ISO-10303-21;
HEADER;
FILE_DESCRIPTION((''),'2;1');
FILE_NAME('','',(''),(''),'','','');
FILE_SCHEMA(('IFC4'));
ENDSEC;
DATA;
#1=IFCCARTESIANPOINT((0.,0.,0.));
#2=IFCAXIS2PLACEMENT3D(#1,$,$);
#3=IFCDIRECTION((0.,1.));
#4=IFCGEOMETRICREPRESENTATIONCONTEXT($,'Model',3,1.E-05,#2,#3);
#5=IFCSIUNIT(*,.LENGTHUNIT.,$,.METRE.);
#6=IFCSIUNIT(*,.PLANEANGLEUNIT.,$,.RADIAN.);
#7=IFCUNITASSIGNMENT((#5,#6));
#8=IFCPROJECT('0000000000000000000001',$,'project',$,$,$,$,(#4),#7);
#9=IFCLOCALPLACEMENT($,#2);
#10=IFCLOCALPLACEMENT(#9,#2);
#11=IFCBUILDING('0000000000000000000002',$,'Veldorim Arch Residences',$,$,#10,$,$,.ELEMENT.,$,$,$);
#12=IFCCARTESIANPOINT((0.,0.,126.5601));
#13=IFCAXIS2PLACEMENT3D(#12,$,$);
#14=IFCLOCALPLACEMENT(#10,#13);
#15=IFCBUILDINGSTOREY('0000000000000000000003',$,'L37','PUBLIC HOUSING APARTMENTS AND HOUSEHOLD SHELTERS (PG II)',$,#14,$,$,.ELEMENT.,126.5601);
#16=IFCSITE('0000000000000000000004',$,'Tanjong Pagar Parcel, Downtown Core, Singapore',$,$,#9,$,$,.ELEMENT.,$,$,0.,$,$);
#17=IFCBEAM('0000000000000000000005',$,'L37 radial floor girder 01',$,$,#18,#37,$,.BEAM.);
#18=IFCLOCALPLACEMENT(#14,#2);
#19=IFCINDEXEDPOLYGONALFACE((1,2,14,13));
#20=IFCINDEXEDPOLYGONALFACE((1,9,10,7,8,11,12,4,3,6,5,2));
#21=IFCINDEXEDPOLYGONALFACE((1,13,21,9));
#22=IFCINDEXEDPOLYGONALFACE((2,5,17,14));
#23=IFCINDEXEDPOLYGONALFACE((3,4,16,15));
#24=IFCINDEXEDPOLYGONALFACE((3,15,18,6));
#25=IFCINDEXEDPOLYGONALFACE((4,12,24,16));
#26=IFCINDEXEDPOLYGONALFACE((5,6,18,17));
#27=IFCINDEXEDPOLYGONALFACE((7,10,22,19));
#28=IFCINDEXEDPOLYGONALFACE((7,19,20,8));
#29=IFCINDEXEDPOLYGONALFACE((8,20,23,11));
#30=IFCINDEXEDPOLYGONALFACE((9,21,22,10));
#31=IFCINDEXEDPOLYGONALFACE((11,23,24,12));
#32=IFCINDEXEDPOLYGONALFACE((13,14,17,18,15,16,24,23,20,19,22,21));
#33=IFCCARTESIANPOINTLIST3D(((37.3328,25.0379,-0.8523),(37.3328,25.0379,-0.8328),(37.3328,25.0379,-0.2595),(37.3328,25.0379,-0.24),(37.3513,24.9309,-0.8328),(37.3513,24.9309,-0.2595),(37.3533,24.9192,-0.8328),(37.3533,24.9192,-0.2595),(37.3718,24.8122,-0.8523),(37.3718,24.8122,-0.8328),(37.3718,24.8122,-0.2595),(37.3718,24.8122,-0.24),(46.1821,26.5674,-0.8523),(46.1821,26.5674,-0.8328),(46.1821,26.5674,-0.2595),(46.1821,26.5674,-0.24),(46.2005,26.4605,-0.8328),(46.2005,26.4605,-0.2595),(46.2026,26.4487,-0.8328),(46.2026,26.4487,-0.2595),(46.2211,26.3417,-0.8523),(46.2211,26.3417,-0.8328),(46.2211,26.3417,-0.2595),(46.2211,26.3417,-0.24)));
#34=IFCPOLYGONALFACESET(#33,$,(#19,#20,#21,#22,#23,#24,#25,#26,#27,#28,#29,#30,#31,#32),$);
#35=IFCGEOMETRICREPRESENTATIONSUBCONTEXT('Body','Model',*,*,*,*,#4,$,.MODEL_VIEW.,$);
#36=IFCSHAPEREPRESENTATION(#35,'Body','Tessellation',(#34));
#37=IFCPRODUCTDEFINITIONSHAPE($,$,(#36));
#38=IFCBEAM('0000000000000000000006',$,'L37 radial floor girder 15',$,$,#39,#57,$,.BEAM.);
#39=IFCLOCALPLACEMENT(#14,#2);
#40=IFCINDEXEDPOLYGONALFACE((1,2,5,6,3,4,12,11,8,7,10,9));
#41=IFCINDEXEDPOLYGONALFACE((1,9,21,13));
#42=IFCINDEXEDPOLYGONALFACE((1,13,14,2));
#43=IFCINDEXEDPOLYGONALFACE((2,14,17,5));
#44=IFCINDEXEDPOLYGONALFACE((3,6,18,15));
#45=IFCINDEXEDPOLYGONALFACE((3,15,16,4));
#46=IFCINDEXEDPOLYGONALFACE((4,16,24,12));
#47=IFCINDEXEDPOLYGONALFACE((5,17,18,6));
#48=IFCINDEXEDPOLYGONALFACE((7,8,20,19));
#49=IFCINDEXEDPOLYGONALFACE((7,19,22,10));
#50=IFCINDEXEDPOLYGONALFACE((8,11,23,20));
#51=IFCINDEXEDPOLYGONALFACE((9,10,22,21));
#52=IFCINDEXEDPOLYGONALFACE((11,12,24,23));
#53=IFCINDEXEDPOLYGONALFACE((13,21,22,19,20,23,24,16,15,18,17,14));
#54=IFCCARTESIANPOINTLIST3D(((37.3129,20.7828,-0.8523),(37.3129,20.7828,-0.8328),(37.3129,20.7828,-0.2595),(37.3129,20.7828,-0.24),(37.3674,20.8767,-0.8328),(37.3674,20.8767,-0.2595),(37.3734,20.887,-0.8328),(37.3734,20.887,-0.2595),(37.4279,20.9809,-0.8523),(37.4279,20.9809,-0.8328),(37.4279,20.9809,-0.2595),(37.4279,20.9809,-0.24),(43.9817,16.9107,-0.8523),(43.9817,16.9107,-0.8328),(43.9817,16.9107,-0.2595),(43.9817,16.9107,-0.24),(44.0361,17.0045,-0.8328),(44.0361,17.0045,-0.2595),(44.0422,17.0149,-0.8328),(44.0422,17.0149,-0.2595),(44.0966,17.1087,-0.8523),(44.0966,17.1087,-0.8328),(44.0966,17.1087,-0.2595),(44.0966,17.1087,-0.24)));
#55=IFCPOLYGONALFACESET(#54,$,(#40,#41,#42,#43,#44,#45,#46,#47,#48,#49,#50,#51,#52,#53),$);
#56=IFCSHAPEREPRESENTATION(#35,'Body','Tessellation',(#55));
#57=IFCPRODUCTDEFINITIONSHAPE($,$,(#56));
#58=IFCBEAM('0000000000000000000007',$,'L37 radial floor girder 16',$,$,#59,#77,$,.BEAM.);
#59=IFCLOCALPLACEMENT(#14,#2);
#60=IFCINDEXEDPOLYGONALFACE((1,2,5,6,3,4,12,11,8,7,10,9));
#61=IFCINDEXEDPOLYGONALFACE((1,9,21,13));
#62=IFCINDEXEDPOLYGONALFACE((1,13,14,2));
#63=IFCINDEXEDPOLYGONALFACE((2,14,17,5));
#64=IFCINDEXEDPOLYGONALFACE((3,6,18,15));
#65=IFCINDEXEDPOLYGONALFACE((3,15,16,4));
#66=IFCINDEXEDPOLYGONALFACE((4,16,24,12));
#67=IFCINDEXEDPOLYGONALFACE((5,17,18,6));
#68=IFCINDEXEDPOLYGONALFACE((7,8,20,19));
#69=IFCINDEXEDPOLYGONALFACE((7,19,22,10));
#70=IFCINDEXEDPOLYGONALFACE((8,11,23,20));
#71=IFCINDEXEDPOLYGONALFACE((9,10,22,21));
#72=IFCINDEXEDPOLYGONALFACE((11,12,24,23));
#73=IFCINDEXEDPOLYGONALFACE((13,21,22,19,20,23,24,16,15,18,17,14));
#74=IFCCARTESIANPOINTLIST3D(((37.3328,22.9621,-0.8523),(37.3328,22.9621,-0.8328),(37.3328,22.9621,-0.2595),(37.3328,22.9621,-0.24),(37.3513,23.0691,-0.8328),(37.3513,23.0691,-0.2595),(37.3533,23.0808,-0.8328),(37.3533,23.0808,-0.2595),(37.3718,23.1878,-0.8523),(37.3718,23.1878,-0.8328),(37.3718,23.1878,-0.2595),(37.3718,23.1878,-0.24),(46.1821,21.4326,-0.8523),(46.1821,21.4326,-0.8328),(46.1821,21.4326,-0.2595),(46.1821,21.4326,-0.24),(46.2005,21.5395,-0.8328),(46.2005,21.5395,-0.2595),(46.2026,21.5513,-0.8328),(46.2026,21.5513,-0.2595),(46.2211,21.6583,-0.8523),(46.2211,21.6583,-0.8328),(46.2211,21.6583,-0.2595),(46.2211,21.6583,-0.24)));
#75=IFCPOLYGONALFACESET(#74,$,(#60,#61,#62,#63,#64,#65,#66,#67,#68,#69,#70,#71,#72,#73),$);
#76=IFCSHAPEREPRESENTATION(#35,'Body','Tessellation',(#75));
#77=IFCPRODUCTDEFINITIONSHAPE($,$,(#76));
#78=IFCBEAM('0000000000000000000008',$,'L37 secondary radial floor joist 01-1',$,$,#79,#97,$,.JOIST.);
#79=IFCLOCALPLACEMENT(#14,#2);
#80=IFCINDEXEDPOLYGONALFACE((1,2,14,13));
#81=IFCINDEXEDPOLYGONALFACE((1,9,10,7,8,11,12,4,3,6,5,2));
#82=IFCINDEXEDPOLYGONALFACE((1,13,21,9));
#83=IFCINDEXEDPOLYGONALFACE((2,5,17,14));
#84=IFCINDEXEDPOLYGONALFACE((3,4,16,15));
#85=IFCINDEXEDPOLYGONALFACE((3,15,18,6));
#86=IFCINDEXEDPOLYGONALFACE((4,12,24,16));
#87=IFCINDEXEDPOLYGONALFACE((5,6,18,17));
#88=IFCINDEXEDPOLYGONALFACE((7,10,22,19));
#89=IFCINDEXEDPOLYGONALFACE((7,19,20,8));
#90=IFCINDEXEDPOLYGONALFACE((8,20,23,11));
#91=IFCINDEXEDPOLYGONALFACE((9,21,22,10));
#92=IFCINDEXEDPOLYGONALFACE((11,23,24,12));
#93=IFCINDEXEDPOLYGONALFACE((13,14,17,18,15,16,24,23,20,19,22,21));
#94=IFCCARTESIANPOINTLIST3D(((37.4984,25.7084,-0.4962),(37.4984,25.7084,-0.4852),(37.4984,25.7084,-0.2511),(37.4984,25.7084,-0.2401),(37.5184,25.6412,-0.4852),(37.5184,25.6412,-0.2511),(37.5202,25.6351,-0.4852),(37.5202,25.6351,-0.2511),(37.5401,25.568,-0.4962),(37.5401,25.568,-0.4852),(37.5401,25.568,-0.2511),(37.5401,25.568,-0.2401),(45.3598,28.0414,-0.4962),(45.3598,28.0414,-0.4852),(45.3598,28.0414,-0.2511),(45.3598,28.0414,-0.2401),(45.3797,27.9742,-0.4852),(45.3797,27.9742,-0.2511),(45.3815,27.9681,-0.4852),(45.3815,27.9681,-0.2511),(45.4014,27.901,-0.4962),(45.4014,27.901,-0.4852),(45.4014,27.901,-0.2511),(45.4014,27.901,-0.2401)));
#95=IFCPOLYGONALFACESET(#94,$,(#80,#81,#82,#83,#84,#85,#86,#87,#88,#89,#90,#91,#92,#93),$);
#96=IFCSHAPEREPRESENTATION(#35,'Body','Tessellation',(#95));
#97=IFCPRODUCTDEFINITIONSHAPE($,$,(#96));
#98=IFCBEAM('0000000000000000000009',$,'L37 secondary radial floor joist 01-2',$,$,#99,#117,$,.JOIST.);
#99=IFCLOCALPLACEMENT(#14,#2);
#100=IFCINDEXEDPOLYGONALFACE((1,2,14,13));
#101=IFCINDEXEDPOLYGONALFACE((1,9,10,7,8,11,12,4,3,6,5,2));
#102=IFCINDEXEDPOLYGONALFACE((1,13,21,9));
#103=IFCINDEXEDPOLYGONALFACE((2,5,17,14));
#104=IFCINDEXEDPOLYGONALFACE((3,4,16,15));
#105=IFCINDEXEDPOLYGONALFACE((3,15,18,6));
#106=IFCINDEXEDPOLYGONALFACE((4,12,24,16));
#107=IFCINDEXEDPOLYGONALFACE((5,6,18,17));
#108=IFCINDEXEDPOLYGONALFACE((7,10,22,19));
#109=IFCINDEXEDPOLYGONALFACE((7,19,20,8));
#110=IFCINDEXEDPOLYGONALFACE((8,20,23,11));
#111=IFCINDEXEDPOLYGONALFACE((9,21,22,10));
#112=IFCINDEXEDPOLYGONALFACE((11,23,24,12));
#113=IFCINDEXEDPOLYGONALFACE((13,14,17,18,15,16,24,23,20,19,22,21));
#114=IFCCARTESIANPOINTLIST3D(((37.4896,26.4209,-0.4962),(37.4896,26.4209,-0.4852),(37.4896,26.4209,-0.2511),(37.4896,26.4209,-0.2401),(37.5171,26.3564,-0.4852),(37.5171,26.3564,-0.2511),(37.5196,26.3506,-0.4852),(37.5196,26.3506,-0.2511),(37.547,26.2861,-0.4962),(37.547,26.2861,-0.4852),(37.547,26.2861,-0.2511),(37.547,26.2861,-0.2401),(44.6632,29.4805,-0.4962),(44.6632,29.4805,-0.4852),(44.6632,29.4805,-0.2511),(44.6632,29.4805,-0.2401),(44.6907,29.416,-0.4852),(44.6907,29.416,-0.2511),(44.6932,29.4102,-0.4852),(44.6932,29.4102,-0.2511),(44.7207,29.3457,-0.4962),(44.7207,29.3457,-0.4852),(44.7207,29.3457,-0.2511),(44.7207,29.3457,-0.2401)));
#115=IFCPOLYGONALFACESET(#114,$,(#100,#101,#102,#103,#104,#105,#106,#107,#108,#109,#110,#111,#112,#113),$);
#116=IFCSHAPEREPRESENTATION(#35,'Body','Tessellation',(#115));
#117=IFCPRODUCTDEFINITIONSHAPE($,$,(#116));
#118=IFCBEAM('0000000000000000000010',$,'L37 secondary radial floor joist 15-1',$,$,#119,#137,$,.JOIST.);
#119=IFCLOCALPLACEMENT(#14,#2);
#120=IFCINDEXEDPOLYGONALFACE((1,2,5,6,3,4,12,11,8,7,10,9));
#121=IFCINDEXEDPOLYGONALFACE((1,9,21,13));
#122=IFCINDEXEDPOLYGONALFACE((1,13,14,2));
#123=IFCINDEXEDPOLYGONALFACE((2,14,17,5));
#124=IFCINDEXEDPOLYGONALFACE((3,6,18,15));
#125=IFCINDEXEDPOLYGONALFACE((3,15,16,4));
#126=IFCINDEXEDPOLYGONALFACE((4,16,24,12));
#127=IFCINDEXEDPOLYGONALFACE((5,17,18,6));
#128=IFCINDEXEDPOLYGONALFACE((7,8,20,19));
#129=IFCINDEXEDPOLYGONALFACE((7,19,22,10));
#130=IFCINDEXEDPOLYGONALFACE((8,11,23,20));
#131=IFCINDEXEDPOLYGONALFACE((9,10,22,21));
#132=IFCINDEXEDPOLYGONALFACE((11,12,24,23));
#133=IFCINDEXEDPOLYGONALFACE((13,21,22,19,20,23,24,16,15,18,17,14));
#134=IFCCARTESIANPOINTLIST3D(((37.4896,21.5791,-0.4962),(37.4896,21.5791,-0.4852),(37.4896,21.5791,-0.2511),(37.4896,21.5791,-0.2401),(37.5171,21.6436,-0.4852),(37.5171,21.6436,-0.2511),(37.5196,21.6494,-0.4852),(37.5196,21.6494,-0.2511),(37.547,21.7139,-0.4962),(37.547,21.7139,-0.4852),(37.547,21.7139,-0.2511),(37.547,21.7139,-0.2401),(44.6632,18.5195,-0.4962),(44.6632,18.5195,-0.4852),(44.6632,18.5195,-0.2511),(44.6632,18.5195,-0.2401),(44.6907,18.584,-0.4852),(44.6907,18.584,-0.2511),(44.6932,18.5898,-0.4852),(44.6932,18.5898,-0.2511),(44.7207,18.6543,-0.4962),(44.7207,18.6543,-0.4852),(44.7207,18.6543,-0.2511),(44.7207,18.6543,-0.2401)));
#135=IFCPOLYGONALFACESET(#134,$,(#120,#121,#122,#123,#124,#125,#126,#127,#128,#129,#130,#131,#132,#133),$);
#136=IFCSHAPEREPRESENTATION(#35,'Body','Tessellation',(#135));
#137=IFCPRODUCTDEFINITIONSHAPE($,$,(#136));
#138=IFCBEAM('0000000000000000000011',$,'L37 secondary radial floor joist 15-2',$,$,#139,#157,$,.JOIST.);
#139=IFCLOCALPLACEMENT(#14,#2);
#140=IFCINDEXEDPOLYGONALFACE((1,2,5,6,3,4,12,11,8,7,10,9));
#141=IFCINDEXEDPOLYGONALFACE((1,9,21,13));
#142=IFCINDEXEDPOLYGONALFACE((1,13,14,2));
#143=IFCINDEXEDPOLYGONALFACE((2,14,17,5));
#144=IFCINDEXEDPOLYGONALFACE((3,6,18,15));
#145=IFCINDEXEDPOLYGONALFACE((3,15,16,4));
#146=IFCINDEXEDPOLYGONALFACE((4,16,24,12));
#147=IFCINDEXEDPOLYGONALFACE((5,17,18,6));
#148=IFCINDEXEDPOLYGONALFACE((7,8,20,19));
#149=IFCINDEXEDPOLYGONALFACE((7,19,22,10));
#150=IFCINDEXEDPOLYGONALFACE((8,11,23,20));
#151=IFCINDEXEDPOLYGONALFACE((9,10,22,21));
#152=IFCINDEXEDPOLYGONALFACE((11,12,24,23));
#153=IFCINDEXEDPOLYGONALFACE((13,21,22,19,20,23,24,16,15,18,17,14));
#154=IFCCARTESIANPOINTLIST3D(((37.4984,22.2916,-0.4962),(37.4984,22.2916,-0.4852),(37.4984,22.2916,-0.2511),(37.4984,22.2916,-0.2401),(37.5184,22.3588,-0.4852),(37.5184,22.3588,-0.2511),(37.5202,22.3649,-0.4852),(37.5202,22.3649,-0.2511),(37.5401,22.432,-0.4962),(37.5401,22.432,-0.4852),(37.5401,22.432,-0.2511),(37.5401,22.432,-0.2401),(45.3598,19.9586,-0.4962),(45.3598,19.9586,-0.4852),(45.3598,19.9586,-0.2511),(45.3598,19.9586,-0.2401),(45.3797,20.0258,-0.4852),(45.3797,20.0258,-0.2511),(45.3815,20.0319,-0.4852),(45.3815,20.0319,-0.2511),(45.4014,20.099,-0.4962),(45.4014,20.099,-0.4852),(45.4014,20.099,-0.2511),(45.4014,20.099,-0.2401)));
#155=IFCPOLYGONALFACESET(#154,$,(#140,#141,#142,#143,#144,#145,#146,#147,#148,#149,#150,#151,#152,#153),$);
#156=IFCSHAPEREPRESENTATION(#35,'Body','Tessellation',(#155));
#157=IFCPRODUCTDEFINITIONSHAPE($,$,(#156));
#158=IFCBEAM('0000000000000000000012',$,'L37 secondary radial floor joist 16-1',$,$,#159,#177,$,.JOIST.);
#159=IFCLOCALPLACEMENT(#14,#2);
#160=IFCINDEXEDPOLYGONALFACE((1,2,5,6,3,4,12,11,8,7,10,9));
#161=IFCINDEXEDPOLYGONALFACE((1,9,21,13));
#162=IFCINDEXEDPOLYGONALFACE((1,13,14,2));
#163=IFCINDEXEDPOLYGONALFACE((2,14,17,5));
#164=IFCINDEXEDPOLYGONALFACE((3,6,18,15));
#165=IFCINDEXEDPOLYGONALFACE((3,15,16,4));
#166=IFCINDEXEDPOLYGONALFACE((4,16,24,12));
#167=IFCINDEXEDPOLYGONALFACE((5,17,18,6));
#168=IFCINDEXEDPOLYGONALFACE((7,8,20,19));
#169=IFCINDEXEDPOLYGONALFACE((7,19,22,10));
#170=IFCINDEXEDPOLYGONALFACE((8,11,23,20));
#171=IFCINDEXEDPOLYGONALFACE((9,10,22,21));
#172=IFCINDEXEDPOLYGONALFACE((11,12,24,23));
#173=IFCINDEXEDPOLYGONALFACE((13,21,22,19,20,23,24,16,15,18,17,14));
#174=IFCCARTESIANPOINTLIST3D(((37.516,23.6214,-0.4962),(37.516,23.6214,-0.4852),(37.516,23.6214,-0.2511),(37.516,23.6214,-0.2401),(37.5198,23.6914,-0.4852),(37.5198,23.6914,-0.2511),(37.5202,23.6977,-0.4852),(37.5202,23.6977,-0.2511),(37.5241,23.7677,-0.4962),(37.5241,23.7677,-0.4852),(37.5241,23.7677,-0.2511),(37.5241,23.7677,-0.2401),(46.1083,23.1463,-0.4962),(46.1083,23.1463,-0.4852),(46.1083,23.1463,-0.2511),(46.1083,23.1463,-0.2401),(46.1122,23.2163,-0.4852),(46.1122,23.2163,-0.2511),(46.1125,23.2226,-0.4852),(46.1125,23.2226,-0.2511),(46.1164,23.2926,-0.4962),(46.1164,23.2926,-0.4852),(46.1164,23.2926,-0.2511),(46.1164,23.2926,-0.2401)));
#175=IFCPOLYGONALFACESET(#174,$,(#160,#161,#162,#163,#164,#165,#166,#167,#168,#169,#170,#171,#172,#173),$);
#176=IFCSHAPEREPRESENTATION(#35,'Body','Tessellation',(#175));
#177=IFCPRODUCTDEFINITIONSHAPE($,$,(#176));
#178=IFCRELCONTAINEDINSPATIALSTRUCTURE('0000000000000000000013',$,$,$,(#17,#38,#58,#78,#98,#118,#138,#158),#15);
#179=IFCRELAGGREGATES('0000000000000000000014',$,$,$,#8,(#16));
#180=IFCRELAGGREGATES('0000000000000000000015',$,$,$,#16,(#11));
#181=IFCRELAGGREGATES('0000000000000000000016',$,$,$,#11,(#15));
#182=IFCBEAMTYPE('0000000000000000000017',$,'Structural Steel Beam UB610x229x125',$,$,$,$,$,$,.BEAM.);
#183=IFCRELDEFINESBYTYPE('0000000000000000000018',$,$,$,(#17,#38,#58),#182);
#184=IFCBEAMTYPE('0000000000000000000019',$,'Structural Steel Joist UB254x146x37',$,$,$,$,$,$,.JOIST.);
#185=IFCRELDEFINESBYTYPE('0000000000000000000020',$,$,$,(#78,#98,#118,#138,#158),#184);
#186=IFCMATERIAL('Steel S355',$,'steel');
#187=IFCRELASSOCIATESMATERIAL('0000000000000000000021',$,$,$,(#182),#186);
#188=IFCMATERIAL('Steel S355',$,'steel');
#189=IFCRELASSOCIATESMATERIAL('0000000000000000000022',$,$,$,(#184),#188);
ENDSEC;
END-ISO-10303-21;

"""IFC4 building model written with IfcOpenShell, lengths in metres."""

from ifc_helpers import new_model, si_unit, direction, frame, origin, origin_2d, place, context, subcontext, project, spatial, i_section, extrude, material, material_profile, profile_set, type_object, element, save


model = new_model("IFC4")

# Units and contexts
model_context = context("Model", 3, precision=1e-05, world=origin(), true_north=direction((0.0, 1.0)))
body_context = subcontext(model_context, "Body", "Model", "MODEL_VIEW")
ifc_project = project(units=[si_unit("LENGTHUNIT", "METRE"), si_unit("PLANEANGLEUNIT", "RADIAN")], contexts=[model_context])

# Site, building, storey
site_placement = place(None, origin())
site = spatial("IfcSite", under=ifc_project, at=site_placement, Name="Tanjong Pagar Parcel, Downtown Core, Singapore", CompositionType="ELEMENT", RefElevation=0.0)
building_placement = place(site_placement, origin())
building = spatial("IfcBuilding", under=site, at=building_placement, Name="Veldorim Arch Residences", CompositionType="ELEMENT")
storey_placement = place(building_placement, frame((0.0, 0.0, 126.5601)))
storey = spatial("IfcBuildingStorey", under=building, at=storey_placement, Name="L37", Description="PUBLIC HOUSING APARTMENTS AND HOUSEHOLD SHELTERS (PG II)", CompositionType="ELEMENT", Elevation=126.5601)

# Beams
ifc_material_1 = material(Name="Steel S355", Category="steel")
ifc_material_profile_1 = material_profile(ifc_material_1, i_section(OverallWidth=0.229, OverallDepth=0.6123, WebThickness=0.012, FlangeThickness=0.0195, at=origin_2d()), Name="UB610x229x125")
ifc_profile_set_1 = profile_set([ifc_material_profile_1], Name="Steel S355")
beam_type_1 = type_object("IfcBeamType", Name="Structural Steel Beam UB610x229x125", PredefinedType="BEAM", material=ifc_profile_set_1)
beam_1_placement = place(storey_placement, frame((37.3523, 24.925, -0.5461), z_axis=(0.985389, 0.170317, 0.0), x_axis=(-0.170317, 0.985389, 0.0)))
element("IfcBeam", 1, at=beam_1_placement, inside=storey, type_object=beam_type_1, Name="L37 radial floor girder 01", PredefinedType="BEAM", context=body_context, shape_type="SweptSolid", body=[
    extrude(i_section(OverallWidth=0.229, OverallDepth=0.6123, WebThickness=0.012, FlangeThickness=0.0195, at=origin_2d()), origin(), (0.0, 0.0, 1.0), 8.9805),
])
beam_2_placement = place(storey_placement, frame((37.3704, 20.8818, -0.5461), z_axis=(0.864793, -0.502128, 0.0), x_axis=(0.502128, 0.864793, 0.0)))
element("IfcBeam", 2, at=beam_2_placement, inside=storey, type_object=beam_type_1, Name="L37 radial floor girder 15", PredefinedType="BEAM", context=body_context, shape_type="SweptSolid", body=[
    extrude(i_section(OverallWidth=0.229, OverallDepth=0.6123, WebThickness=0.012, FlangeThickness=0.0195, at=origin_2d()), origin(), (0.0, 0.0, 1.0), 7.7114),
])
beam_3_placement = place(storey_placement, frame((37.3523, 23.075, -0.5461), z_axis=(0.985389, -0.170317, 0.0), x_axis=(0.170317, 0.985389, 0.0)))
element("IfcBeam", 3, at=beam_3_placement, inside=storey, type_object=beam_type_1, Name="L37 radial floor girder 16", PredefinedType="BEAM", context=body_context, shape_type="SweptSolid", body=[
    extrude(i_section(OverallWidth=0.229, OverallDepth=0.6123, WebThickness=0.012, FlangeThickness=0.0195, at=origin_2d()), origin(), (0.0, 0.0, 1.0), 8.9805),
])
ifc_material_2 = material(Name="Steel S355", Category="steel")
ifc_material_profile_2 = material_profile(ifc_material_2, i_section(OverallWidth=0.1465, OverallDepth=0.2561, WebThickness=0.0063, FlangeThickness=0.011, at=origin_2d()), Name="UB254x146x37")
ifc_profile_set_2 = profile_set([ifc_material_profile_2], Name="Steel S355")
beam_type_2 = type_object("IfcBeamType", Name="Structural Steel Joist UB254x146x37", PredefinedType="JOIST", material=ifc_profile_set_2)
beam_4_placement = place(storey_placement, frame((37.5193, 25.6382, -0.3682), z_axis=(0.958674, 0.284506, 0.0), x_axis=(-0.284506, 0.958674, 0.0)))
element("IfcBeam", 4, at=beam_4_placement, inside=storey, type_object=beam_type_2, Name="L37 secondary radial floor joist 01-1", PredefinedType="JOIST", context=body_context, shape_type="SweptSolid", body=[
    extrude(i_section(OverallWidth=0.1465, OverallDepth=0.2561, WebThickness=0.0063, FlangeThickness=0.011, at=origin_2d()), origin(), (0.0, 0.0, 1.0), 8.2002),
])
for number, where, z_axis, x_axis, name in (
    (5, (37.5183, 26.3535, -0.3682), (0.919832, 0.392313, 0.0), (-0.392313, 0.919832, 0.0), "L37 secondary radial floor joist 01-2"),
    (6, (37.5183, 21.6465, -0.3682), (0.919832, -0.392313, 0.0), (0.392313, 0.919832, 0.0), "L37 secondary radial floor joist 15-1"),
):
    element("IfcBeam", number, at=place(storey_placement, frame(where, z_axis=z_axis, x_axis=x_axis)), inside=storey, type_object=beam_type_2, Name=name, PredefinedType="JOIST", context=body_context, shape_type="SweptSolid", body=[
        extrude(i_section(OverallWidth=0.1465, OverallDepth=0.2561, WebThickness=0.0063, FlangeThickness=0.011, at=origin_2d()), origin(), (0.0, 0.0, 1.0), 7.7988),
    ])
beam_5_placement = place(storey_placement, frame((37.5193, 22.3618, -0.3682), z_axis=(0.958674, -0.284506, 0.0), x_axis=(0.284506, 0.958674, 0.0)))
element("IfcBeam", 7, at=beam_5_placement, inside=storey, type_object=beam_type_2, Name="L37 secondary radial floor joist 15-2", PredefinedType="JOIST", context=body_context, shape_type="SweptSolid", body=[
    extrude(i_section(OverallWidth=0.1465, OverallDepth=0.2561, WebThickness=0.0063, FlangeThickness=0.011, at=origin_2d()), origin(), (0.0, 0.0, 1.0), 8.2002),
])
beam_6_placement = place(storey_placement, frame((37.52, 23.6946, -0.3682), z_axis=(0.998475, -0.055209, 0.0), x_axis=(0.055209, 0.998475, 0.0)))
element("IfcBeam", 8, at=beam_6_placement, inside=storey, type_object=beam_type_2, Name="L37 secondary radial floor joist 16-1", PredefinedType="JOIST", context=body_context, shape_type="SweptSolid", body=[
    extrude(i_section(OverallWidth=0.1465, OverallDepth=0.2561, WebThickness=0.0063, FlangeThickness=0.011, at=origin_2d()), origin(), (0.0, 0.0, 1.0), 8.6055),
])

save(model, "model.ifc")
